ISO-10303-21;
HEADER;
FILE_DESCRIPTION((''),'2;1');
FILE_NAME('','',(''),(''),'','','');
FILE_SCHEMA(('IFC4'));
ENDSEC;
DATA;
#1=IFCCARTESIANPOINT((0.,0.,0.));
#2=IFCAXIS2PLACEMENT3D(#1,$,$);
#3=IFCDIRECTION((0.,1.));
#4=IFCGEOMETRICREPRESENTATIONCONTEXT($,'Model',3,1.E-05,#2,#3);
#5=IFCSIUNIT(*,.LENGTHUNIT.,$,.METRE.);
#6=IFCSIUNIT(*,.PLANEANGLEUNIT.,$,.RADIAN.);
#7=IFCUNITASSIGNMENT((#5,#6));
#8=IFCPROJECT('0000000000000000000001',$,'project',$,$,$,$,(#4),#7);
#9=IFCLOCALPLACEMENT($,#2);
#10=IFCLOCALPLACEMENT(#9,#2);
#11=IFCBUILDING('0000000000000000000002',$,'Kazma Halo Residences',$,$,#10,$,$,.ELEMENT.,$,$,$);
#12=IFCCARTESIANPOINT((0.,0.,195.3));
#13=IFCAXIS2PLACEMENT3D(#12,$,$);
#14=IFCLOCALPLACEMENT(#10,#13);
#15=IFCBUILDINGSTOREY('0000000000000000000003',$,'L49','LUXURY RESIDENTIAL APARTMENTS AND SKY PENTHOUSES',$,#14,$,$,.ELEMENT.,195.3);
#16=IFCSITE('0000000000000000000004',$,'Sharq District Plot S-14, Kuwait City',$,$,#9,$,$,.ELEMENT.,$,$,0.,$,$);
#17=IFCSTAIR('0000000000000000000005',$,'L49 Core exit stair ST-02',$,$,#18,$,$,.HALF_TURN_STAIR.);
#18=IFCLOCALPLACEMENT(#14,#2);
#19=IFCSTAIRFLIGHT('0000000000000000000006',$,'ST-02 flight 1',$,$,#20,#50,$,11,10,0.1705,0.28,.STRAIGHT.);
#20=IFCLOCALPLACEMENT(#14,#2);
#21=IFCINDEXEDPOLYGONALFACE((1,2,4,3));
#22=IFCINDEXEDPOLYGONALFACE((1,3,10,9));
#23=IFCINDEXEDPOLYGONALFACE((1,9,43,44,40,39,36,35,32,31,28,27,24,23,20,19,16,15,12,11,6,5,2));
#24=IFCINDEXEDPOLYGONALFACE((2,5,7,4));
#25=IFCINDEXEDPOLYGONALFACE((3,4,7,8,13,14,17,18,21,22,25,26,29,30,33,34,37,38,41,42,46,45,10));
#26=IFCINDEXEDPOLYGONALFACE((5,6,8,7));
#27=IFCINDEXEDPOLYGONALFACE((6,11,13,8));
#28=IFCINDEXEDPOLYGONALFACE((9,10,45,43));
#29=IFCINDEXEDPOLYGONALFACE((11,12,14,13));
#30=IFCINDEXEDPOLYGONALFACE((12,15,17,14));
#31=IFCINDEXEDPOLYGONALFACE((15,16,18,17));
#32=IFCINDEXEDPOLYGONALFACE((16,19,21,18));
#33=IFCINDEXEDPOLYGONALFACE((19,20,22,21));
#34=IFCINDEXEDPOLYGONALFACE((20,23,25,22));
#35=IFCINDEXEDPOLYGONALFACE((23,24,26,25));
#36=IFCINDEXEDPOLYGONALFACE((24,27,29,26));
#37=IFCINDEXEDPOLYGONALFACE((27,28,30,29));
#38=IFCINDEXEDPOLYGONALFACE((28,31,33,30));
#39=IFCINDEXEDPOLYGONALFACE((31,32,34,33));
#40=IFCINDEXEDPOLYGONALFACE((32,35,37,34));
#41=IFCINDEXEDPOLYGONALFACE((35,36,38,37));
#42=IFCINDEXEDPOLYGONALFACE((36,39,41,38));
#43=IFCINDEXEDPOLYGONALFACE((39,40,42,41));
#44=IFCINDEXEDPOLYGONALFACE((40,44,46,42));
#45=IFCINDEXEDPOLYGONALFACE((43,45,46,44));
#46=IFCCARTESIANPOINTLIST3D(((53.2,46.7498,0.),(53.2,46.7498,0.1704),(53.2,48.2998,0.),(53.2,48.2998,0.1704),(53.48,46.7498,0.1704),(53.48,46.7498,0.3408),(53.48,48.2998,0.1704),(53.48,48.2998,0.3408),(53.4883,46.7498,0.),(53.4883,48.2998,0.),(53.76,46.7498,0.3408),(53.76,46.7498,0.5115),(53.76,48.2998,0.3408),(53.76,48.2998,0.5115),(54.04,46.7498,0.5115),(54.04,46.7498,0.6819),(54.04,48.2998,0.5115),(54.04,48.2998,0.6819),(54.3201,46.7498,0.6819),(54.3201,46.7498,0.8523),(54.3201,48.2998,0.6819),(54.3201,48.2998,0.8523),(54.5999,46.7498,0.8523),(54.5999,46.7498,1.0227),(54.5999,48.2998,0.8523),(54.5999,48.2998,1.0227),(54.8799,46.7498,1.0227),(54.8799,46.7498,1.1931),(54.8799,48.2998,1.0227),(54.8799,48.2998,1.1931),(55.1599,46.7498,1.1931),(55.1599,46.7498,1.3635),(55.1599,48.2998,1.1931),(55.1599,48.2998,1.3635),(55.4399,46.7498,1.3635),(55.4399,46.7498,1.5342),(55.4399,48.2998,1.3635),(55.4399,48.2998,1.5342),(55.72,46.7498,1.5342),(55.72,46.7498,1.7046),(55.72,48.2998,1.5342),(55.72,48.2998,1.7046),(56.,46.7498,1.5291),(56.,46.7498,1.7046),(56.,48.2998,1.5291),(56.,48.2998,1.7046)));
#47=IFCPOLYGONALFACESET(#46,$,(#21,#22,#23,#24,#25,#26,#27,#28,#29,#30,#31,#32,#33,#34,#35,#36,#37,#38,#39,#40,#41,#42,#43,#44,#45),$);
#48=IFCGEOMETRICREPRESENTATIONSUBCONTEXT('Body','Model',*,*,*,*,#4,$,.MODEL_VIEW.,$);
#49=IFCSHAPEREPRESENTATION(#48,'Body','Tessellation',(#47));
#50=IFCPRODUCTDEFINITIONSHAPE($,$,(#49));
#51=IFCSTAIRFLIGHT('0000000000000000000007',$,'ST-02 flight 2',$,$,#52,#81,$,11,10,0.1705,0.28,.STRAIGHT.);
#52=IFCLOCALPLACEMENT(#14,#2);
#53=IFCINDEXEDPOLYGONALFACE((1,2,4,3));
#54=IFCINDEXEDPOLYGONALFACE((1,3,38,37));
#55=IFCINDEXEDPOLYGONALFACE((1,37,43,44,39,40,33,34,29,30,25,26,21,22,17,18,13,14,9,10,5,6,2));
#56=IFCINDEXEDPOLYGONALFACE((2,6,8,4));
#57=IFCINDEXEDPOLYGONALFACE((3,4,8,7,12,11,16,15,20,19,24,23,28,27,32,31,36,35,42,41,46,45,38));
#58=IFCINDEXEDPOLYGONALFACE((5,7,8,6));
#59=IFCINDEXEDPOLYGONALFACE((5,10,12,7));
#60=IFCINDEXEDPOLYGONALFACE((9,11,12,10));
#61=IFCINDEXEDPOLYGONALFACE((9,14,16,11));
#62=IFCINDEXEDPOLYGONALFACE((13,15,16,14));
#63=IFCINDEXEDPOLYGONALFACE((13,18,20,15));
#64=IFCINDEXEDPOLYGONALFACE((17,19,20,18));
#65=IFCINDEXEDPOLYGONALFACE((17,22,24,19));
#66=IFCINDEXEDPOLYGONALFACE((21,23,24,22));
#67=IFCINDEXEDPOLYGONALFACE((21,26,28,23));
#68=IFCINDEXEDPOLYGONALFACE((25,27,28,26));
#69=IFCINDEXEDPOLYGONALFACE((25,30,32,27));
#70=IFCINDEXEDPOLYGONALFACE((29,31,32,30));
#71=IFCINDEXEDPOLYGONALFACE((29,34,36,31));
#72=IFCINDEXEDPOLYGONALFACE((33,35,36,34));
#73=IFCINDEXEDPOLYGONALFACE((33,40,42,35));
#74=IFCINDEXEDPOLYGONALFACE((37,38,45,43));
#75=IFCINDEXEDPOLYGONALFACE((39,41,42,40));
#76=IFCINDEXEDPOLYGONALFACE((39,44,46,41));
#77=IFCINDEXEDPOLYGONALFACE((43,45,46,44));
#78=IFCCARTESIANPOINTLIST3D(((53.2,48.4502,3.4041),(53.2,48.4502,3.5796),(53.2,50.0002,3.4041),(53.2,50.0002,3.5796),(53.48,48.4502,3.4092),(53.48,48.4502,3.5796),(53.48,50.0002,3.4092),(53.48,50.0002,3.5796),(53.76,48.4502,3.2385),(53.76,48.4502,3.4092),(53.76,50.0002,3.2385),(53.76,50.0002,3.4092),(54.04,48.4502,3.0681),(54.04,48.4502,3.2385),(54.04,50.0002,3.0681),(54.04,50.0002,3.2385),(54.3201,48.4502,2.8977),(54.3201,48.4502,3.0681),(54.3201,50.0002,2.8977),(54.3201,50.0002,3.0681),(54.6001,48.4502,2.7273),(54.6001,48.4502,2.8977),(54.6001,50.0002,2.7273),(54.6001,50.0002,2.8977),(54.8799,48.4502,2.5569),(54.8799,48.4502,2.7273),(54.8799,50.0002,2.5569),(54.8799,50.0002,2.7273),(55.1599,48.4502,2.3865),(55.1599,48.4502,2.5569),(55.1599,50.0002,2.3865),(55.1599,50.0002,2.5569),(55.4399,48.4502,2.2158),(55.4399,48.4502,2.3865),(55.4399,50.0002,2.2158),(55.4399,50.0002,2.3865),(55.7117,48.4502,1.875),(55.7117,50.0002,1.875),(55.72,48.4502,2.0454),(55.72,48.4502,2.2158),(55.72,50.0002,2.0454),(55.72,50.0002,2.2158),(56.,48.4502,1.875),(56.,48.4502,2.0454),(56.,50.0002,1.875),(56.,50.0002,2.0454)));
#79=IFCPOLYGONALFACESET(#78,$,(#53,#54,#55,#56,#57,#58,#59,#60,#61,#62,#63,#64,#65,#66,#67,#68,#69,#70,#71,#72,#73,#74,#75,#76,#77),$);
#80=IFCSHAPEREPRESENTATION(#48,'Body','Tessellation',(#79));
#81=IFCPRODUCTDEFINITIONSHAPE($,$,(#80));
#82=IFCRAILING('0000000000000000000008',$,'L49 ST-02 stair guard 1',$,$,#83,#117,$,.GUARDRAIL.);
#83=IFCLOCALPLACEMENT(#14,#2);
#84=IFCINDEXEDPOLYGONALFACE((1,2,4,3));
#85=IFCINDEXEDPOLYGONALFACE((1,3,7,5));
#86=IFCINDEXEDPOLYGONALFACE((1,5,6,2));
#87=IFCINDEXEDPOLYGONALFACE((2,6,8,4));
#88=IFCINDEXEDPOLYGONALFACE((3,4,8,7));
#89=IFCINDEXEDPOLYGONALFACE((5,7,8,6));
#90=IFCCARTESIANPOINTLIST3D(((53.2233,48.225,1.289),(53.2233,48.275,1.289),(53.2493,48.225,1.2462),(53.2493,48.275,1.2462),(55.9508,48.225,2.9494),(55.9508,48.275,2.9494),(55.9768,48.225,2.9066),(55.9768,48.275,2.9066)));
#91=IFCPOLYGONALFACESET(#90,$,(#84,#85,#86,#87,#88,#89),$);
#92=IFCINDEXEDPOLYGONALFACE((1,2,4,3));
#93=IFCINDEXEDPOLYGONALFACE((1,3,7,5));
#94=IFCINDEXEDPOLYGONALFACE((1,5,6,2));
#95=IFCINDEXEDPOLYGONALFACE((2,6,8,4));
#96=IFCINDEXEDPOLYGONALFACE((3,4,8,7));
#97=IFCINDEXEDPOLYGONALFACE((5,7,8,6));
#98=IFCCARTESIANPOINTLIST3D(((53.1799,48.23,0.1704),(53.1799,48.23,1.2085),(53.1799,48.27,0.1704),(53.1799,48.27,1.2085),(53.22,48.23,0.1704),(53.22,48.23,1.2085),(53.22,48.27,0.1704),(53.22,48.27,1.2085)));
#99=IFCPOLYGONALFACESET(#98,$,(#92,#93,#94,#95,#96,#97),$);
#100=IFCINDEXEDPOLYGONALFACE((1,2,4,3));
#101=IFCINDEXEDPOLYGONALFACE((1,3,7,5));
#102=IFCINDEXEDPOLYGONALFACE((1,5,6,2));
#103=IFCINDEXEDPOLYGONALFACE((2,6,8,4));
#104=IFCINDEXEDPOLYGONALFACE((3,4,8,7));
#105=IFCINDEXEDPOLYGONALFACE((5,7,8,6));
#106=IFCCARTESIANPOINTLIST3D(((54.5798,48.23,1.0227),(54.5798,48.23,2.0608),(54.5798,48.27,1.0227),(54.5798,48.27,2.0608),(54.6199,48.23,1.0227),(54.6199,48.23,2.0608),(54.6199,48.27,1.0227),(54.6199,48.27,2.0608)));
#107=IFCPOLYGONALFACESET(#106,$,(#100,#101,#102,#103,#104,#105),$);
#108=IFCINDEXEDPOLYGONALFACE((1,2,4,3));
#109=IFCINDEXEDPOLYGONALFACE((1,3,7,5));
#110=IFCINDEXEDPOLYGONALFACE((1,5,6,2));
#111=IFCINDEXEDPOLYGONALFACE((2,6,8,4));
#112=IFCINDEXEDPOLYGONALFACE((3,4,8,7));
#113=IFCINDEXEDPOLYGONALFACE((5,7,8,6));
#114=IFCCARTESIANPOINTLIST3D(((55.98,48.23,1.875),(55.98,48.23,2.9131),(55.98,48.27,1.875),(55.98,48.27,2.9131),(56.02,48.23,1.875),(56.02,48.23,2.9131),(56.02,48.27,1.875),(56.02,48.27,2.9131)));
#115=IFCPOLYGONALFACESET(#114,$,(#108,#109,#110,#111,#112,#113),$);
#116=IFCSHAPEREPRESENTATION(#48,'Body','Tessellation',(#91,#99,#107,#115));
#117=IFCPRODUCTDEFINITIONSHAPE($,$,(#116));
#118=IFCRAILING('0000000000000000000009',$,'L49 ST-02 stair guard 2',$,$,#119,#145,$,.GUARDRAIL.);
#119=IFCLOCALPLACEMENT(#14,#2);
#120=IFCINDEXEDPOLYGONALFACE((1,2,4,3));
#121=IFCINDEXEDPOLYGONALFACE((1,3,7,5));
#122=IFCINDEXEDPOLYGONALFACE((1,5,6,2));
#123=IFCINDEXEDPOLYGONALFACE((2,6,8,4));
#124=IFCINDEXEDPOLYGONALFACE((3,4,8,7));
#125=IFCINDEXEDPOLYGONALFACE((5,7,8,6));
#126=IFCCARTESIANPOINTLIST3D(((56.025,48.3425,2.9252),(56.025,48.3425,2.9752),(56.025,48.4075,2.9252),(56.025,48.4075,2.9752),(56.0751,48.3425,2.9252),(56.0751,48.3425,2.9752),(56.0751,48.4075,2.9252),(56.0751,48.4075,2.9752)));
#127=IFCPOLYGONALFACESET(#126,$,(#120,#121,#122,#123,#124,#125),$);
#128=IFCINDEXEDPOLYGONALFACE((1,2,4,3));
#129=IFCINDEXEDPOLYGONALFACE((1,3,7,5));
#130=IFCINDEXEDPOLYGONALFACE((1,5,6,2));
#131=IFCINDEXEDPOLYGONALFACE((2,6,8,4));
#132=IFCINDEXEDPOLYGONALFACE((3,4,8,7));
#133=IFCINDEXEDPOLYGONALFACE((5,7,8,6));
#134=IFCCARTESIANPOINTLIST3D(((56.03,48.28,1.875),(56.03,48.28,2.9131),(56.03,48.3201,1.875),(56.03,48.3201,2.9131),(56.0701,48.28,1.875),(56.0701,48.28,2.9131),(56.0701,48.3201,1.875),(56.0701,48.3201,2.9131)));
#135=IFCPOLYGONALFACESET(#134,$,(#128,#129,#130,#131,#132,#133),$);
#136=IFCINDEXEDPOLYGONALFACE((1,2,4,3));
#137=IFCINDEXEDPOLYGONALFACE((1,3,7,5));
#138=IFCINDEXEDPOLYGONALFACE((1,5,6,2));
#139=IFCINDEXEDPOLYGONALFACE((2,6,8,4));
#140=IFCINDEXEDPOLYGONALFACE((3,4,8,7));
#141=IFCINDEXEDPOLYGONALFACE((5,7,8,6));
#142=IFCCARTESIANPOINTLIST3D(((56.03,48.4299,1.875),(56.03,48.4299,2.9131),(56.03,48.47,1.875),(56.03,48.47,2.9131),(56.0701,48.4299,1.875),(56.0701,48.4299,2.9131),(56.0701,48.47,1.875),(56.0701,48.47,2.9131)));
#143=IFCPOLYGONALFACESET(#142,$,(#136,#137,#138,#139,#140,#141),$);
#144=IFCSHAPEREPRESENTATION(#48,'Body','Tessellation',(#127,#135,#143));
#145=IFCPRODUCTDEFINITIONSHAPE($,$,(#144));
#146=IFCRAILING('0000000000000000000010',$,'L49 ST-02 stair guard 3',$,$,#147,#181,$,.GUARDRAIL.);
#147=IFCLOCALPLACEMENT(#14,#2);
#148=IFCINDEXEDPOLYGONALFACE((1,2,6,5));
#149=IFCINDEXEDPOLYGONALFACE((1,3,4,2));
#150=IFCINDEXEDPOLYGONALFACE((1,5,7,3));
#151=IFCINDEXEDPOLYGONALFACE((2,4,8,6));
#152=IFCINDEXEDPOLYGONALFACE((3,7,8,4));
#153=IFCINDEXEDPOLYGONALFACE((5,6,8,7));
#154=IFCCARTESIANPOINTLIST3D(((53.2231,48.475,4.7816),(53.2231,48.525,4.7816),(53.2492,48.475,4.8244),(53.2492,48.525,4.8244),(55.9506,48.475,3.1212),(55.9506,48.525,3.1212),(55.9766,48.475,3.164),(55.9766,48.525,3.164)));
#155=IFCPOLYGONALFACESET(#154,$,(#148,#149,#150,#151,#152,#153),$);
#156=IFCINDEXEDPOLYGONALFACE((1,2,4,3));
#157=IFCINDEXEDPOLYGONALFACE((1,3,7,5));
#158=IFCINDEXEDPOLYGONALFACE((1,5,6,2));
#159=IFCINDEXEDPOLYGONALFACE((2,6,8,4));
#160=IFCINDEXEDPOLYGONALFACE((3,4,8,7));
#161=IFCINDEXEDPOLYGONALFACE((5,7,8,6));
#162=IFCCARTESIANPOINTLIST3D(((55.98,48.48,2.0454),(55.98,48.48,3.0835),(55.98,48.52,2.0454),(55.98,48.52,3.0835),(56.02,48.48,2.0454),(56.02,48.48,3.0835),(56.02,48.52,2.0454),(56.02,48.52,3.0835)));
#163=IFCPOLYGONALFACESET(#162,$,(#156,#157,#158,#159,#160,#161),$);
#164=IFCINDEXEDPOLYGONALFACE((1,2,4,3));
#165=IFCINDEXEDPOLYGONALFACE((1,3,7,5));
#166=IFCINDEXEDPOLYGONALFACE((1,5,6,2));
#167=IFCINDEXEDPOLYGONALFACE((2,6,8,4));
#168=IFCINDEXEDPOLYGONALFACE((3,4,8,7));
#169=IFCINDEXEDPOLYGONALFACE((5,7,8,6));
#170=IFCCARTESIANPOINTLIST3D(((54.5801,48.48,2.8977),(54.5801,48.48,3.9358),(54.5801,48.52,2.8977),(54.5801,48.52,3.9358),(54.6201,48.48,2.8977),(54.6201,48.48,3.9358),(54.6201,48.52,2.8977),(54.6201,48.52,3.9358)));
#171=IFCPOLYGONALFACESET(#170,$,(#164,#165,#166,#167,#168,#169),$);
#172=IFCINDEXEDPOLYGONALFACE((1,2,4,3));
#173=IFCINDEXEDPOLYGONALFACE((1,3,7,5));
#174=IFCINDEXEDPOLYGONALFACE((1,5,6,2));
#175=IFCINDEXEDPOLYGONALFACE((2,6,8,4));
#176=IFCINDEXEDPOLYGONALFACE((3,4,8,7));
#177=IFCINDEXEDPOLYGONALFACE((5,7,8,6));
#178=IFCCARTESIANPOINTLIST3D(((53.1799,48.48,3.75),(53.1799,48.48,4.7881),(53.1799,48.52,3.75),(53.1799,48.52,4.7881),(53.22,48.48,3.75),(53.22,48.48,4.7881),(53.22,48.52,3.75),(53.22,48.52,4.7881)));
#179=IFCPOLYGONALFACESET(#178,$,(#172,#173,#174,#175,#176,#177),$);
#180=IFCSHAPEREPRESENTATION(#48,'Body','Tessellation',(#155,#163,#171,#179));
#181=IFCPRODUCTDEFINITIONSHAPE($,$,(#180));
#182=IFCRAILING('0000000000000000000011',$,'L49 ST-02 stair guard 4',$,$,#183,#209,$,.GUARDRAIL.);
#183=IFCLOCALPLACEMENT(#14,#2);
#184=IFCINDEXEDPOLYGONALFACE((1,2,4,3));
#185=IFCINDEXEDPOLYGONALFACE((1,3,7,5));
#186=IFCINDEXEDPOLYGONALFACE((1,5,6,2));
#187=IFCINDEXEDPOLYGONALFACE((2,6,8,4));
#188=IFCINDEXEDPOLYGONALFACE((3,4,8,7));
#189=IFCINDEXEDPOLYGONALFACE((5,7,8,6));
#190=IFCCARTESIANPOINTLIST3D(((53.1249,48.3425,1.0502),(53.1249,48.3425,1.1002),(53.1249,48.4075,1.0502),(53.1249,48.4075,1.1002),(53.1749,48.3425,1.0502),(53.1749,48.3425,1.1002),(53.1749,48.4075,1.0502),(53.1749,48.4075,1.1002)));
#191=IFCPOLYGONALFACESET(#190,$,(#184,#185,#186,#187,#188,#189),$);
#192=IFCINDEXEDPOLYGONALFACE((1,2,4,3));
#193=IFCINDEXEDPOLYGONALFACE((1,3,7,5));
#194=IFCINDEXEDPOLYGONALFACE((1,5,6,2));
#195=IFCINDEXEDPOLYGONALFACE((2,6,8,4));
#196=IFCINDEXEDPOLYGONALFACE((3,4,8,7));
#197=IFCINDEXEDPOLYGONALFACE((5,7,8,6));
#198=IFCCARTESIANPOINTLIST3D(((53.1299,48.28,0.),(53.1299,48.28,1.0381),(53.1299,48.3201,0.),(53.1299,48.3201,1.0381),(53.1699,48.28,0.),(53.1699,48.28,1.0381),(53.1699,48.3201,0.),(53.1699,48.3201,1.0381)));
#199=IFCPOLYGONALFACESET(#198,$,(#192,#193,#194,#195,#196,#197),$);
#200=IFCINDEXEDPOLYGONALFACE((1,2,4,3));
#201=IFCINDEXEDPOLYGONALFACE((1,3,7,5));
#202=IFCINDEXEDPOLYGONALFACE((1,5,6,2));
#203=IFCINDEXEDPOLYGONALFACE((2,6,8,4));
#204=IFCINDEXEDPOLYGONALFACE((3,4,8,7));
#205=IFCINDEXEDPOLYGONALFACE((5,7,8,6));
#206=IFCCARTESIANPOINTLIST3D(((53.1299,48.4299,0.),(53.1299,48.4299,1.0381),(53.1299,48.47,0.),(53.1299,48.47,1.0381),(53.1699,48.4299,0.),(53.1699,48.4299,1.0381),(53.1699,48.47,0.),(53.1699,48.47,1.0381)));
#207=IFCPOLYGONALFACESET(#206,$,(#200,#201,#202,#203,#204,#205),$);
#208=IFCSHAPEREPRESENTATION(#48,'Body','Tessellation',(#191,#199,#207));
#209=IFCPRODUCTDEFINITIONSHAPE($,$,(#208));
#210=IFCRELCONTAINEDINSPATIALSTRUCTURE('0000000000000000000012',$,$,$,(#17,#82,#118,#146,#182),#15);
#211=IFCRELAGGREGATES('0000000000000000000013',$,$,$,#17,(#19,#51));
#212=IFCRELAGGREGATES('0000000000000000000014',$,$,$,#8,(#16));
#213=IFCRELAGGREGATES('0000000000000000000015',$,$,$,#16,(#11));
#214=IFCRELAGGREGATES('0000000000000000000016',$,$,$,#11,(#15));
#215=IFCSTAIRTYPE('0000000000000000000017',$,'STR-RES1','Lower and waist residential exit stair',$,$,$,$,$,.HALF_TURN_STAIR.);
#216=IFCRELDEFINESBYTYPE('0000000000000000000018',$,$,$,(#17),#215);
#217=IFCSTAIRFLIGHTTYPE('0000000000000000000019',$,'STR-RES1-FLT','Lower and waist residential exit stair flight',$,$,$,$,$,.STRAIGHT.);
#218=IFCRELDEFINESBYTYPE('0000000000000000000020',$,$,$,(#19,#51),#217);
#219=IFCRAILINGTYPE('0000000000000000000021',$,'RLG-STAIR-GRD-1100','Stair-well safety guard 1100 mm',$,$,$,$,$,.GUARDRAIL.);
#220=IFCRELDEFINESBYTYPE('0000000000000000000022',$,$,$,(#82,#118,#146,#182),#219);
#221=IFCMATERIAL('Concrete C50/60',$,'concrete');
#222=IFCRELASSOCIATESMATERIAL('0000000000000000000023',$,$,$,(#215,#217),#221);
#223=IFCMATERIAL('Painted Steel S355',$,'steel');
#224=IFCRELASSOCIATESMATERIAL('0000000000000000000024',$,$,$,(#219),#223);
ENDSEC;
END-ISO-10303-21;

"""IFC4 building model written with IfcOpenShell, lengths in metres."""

from ifc_helpers import new_model, si_unit, direction, frame, origin, origin_2d, place, context, subcontext, project, spatial, polyline, rectangle, outline, extrude, material, type_object, element, aggregate, save


model = new_model("IFC4")

# Units and contexts
model_context = context("Model", 3, precision=1e-05, world=origin(), true_north=direction((0.0, 1.0)))
body_context = subcontext(model_context, "Body", "Model", "MODEL_VIEW")
ifc_project = project(units=[si_unit("LENGTHUNIT", "METRE"), si_unit("PLANEANGLEUNIT", "RADIAN")], contexts=[model_context])

# Site, building, storey
site_placement = place(None, origin())
site = spatial("IfcSite", under=ifc_project, at=site_placement, Name="Sharq District Plot S-14, Kuwait City", CompositionType="ELEMENT", RefElevation=0.0)
building_placement = place(site_placement, origin())
building = spatial("IfcBuilding", under=site, at=building_placement, Name="Kazma Halo Residences", CompositionType="ELEMENT")
storey_placement = place(building_placement, frame((0.0, 0.0, 195.3)))
storey = spatial("IfcBuildingStorey", under=building, at=storey_placement, Name="L49", Description="LUXURY RESIDENTIAL APARTMENTS AND SKY PENTHOUSES", CompositionType="ELEMENT", Elevation=195.3)

# Shared definitions
ifc_material_1 = material(Name="Concrete C50/60", Category="concrete")

# Stair, stair flights
stair_type = type_object("IfcStairType", Name="STR-RES1", Description="Lower and waist residential exit stair", PredefinedType="HALF_TURN_STAIR", material=ifc_material_1)
stair_placement = place(storey_placement, origin())
stair = element("IfcStair", 1, at=stair_placement, inside=storey, type_object=stair_type, Name="L49 Core exit stair ST-02", PredefinedType="HALF_TURN_STAIR")
stair_flight_type = type_object("IfcStairFlightType", Name="STR-RES1-FLT", Description="Lower and waist residential exit stair flight", PredefinedType="STRAIGHT", material=ifc_material_1)
stair_flight_1_placement = place(storey_placement, frame((53.2, 47.5249, 0.0), z_axis=(0.0, 0.0, 1.0), x_axis=(1.0, 0.0, 0.0)))
stair_flight_1 = element("IfcStairFlight", 2, at=stair_flight_1_placement, type_object=stair_flight_type, Name="ST-02 flight 1", NumberOfRisers=11, NumberOfTreads=10, PredefinedType="STRAIGHT", RiserHeight=0.1705, TreadLength=0.28, context=body_context, shape_type="SweptSolid", body=[
    extrude(outline(polyline([(0.0, 0.0), (0.0, 0.1704), (0.28, 0.1704), (0.28, 0.3408), (0.5601, 0.3408), (0.5601, 0.5115), (0.8401, 0.5115), (0.8401, 0.6819), (1.1201, 0.6819), (1.1201, 0.8523), (1.3999, 0.8523), (1.3999, 1.0227), (1.6799, 1.0227), (1.6799, 1.1931), (1.96, 1.1931), (1.96, 1.3635), (2.24, 1.3635), (2.24, 1.5342), (2.52, 1.5342), (2.52, 1.7046), (2.8, 1.7046), (2.8, 1.875), (2.8, 1.5291), (0.2883, 0.0), (0.0, 0.0)])), frame((0.0, 0.7749, 0.0), z_axis=(0.0, -1.0, 0.0), x_axis=(1.0, 0.0, 0.0)), (0.0, 0.0, 1.0), 1.55),
])
stair_flight_2_placement = place(storey_placement, frame((56.0, 49.2251, 1.875), z_axis=(0.0, 0.0, 1.0), x_axis=(-1.0, 0.0, 0.0)))
stair_flight_2 = element("IfcStairFlight", 3, at=stair_flight_2_placement, type_object=stair_flight_type, Name="ST-02 flight 2", NumberOfRisers=11, NumberOfTreads=10, PredefinedType="STRAIGHT", RiserHeight=0.1705, TreadLength=0.28, context=body_context, shape_type="SweptSolid", body=[
    extrude(outline(polyline([(0.0, 0.0), (0.0, 0.1704), (0.28, 0.1704), (0.28, 0.3408), (0.5601, 0.3408), (0.5601, 0.5115), (0.8401, 0.5115), (0.8401, 0.6819), (1.1201, 0.6819), (1.1201, 0.8523), (1.3999, 0.8523), (1.3999, 1.0227), (1.6799, 1.0227), (1.6799, 1.1931), (1.96, 1.1931), (1.96, 1.3635), (2.24, 1.3635), (2.24, 1.5342), (2.52, 1.5342), (2.52, 1.7046), (2.8, 1.7046), (2.8, 1.875), (2.8, 1.5291), (0.2883, 0.0), (0.0, 0.0)])), frame((0.0, 0.7749, 0.0), z_axis=(0.0, -1.0, 0.0), x_axis=(1.0, 0.0, 0.0)), (0.0, 0.0, 1.0), 1.55),
])
aggregate(stair, [stair_flight_1, stair_flight_2])

# Railings
ifc_material_2 = material(Name="Painted Steel S355", Category="steel")
railing_type_1 = type_object("IfcRailingType", Name="RLG-STAIR-GRD-1100", Description="Stair-well safety guard 1100 mm", PredefinedType="GUARDRAIL", material=ifc_material_2)
railing_1_placement = place(storey_placement, frame((53.2, 48.25, 0.1704)))
element("IfcRailing", 4, at=railing_1_placement, inside=storey, type_object=railing_type_1, Name="L49 ST-02 stair guard 1", PredefinedType="GUARDRAIL", context=body_context, shape_type="SweptSolid", body=[
    extrude(rectangle(XDim=0.05, YDim=0.05, at=origin_2d()), frame((0.0364, 0.0, 1.0972), z_axis=(0.85417, 0.0, 0.519994), x_axis=(0.0, 1.0, 0.0)), (0.0, 0.0, 1.0), 3.1931),
    extrude(rectangle(XDim=0.04, YDim=0.04, at=origin_2d()), origin(), (0.0, 0.0, 1.0), 1.0381),
    extrude(rectangle(XDim=0.04, YDim=0.04, at=origin_2d()), frame((1.3999, 0.0, 0.8523)), (0.0, 0.0, 1.0), 1.0381),
    extrude(rectangle(XDim=0.04, YDim=0.04, at=origin_2d()), frame((2.8, 0.0, 1.7046)), (0.0, 0.0, 1.0), 1.0381),
])
railing_2_placement = place(storey_placement, frame((56.05, 48.3, 1.875)))
element("IfcRailing", 5, at=railing_2_placement, inside=storey, type_object=railing_type_1, Name="L49 ST-02 stair guard 2", PredefinedType="GUARDRAIL", context=body_context, shape_type="SweptSolid", body=[
    extrude(rectangle(XDim=0.05, YDim=0.05, at=origin_2d()), frame((0.0, 0.0425, 1.0752), z_axis=(0.0, 1.0, 0.0), x_axis=(-1.0, 0.0, 0.0)), (0.0, 0.0, 1.0), 0.0649),
    extrude(rectangle(XDim=0.04, YDim=0.04, at=origin_2d()), origin(), (0.0, 0.0, 1.0), 1.0381),
    extrude(rectangle(XDim=0.04, YDim=0.04, at=origin_2d()), frame((0.0, 0.1499, 0.0)), (0.0, 0.0, 1.0), 1.0381),
])
railing_3_placement = place(storey_placement, frame((56.0, 48.5, 2.0454)))
element("IfcRailing", 6, at=railing_3_placement, inside=storey, type_object=railing_type_1, Name="L49 ST-02 stair guard 3", PredefinedType="GUARDRAIL", context=body_context, shape_type="SweptSolid", body=[
    extrude(rectangle(XDim=0.05, YDim=0.05, at=origin_2d()), frame((-0.0364, 0.0, 1.0972), z_axis=(-0.85417, 0.0, 0.519994), x_axis=(0.0, -1.0, 0.0)), (0.0, 0.0, 1.0), 3.1931),
    extrude(rectangle(XDim=0.04, YDim=0.04, at=origin_2d()), origin(), (0.0, 0.0, 1.0), 1.0381),
    extrude(rectangle(XDim=0.04, YDim=0.04, at=origin_2d()), frame((-1.3999, 0.0, 0.8523)), (0.0, 0.0, 1.0), 1.0381),
    extrude(rectangle(XDim=0.04, YDim=0.04, at=origin_2d()), frame((-2.8, 0.0, 1.7046)), (0.0, 0.0, 1.0), 1.0381),
])
railing_4_placement = place(storey_placement, frame((53.1499, 48.3, 0.0)))
element("IfcRailing", 7, at=railing_4_placement, inside=storey, type_object=railing_type_1, Name="L49 ST-02 stair guard 4", PredefinedType="GUARDRAIL", context=body_context, shape_type="SweptSolid", body=[
    extrude(rectangle(XDim=0.05, YDim=0.05, at=origin_2d()), frame((0.0, 0.0425, 1.0752), z_axis=(0.0, 1.0, 0.0), x_axis=(-1.0, 0.0, 0.0)), (0.0, 0.0, 1.0), 0.0649),
    extrude(rectangle(XDim=0.04, YDim=0.04, at=origin_2d()), origin(), (0.0, 0.0, 1.0), 1.0381),
    extrude(rectangle(XDim=0.04, YDim=0.04, at=origin_2d()), frame((0.0, 0.1499, 0.0)), (0.0, 0.0, 1.0), 1.0381),
])

save(model, "model.ifc")
